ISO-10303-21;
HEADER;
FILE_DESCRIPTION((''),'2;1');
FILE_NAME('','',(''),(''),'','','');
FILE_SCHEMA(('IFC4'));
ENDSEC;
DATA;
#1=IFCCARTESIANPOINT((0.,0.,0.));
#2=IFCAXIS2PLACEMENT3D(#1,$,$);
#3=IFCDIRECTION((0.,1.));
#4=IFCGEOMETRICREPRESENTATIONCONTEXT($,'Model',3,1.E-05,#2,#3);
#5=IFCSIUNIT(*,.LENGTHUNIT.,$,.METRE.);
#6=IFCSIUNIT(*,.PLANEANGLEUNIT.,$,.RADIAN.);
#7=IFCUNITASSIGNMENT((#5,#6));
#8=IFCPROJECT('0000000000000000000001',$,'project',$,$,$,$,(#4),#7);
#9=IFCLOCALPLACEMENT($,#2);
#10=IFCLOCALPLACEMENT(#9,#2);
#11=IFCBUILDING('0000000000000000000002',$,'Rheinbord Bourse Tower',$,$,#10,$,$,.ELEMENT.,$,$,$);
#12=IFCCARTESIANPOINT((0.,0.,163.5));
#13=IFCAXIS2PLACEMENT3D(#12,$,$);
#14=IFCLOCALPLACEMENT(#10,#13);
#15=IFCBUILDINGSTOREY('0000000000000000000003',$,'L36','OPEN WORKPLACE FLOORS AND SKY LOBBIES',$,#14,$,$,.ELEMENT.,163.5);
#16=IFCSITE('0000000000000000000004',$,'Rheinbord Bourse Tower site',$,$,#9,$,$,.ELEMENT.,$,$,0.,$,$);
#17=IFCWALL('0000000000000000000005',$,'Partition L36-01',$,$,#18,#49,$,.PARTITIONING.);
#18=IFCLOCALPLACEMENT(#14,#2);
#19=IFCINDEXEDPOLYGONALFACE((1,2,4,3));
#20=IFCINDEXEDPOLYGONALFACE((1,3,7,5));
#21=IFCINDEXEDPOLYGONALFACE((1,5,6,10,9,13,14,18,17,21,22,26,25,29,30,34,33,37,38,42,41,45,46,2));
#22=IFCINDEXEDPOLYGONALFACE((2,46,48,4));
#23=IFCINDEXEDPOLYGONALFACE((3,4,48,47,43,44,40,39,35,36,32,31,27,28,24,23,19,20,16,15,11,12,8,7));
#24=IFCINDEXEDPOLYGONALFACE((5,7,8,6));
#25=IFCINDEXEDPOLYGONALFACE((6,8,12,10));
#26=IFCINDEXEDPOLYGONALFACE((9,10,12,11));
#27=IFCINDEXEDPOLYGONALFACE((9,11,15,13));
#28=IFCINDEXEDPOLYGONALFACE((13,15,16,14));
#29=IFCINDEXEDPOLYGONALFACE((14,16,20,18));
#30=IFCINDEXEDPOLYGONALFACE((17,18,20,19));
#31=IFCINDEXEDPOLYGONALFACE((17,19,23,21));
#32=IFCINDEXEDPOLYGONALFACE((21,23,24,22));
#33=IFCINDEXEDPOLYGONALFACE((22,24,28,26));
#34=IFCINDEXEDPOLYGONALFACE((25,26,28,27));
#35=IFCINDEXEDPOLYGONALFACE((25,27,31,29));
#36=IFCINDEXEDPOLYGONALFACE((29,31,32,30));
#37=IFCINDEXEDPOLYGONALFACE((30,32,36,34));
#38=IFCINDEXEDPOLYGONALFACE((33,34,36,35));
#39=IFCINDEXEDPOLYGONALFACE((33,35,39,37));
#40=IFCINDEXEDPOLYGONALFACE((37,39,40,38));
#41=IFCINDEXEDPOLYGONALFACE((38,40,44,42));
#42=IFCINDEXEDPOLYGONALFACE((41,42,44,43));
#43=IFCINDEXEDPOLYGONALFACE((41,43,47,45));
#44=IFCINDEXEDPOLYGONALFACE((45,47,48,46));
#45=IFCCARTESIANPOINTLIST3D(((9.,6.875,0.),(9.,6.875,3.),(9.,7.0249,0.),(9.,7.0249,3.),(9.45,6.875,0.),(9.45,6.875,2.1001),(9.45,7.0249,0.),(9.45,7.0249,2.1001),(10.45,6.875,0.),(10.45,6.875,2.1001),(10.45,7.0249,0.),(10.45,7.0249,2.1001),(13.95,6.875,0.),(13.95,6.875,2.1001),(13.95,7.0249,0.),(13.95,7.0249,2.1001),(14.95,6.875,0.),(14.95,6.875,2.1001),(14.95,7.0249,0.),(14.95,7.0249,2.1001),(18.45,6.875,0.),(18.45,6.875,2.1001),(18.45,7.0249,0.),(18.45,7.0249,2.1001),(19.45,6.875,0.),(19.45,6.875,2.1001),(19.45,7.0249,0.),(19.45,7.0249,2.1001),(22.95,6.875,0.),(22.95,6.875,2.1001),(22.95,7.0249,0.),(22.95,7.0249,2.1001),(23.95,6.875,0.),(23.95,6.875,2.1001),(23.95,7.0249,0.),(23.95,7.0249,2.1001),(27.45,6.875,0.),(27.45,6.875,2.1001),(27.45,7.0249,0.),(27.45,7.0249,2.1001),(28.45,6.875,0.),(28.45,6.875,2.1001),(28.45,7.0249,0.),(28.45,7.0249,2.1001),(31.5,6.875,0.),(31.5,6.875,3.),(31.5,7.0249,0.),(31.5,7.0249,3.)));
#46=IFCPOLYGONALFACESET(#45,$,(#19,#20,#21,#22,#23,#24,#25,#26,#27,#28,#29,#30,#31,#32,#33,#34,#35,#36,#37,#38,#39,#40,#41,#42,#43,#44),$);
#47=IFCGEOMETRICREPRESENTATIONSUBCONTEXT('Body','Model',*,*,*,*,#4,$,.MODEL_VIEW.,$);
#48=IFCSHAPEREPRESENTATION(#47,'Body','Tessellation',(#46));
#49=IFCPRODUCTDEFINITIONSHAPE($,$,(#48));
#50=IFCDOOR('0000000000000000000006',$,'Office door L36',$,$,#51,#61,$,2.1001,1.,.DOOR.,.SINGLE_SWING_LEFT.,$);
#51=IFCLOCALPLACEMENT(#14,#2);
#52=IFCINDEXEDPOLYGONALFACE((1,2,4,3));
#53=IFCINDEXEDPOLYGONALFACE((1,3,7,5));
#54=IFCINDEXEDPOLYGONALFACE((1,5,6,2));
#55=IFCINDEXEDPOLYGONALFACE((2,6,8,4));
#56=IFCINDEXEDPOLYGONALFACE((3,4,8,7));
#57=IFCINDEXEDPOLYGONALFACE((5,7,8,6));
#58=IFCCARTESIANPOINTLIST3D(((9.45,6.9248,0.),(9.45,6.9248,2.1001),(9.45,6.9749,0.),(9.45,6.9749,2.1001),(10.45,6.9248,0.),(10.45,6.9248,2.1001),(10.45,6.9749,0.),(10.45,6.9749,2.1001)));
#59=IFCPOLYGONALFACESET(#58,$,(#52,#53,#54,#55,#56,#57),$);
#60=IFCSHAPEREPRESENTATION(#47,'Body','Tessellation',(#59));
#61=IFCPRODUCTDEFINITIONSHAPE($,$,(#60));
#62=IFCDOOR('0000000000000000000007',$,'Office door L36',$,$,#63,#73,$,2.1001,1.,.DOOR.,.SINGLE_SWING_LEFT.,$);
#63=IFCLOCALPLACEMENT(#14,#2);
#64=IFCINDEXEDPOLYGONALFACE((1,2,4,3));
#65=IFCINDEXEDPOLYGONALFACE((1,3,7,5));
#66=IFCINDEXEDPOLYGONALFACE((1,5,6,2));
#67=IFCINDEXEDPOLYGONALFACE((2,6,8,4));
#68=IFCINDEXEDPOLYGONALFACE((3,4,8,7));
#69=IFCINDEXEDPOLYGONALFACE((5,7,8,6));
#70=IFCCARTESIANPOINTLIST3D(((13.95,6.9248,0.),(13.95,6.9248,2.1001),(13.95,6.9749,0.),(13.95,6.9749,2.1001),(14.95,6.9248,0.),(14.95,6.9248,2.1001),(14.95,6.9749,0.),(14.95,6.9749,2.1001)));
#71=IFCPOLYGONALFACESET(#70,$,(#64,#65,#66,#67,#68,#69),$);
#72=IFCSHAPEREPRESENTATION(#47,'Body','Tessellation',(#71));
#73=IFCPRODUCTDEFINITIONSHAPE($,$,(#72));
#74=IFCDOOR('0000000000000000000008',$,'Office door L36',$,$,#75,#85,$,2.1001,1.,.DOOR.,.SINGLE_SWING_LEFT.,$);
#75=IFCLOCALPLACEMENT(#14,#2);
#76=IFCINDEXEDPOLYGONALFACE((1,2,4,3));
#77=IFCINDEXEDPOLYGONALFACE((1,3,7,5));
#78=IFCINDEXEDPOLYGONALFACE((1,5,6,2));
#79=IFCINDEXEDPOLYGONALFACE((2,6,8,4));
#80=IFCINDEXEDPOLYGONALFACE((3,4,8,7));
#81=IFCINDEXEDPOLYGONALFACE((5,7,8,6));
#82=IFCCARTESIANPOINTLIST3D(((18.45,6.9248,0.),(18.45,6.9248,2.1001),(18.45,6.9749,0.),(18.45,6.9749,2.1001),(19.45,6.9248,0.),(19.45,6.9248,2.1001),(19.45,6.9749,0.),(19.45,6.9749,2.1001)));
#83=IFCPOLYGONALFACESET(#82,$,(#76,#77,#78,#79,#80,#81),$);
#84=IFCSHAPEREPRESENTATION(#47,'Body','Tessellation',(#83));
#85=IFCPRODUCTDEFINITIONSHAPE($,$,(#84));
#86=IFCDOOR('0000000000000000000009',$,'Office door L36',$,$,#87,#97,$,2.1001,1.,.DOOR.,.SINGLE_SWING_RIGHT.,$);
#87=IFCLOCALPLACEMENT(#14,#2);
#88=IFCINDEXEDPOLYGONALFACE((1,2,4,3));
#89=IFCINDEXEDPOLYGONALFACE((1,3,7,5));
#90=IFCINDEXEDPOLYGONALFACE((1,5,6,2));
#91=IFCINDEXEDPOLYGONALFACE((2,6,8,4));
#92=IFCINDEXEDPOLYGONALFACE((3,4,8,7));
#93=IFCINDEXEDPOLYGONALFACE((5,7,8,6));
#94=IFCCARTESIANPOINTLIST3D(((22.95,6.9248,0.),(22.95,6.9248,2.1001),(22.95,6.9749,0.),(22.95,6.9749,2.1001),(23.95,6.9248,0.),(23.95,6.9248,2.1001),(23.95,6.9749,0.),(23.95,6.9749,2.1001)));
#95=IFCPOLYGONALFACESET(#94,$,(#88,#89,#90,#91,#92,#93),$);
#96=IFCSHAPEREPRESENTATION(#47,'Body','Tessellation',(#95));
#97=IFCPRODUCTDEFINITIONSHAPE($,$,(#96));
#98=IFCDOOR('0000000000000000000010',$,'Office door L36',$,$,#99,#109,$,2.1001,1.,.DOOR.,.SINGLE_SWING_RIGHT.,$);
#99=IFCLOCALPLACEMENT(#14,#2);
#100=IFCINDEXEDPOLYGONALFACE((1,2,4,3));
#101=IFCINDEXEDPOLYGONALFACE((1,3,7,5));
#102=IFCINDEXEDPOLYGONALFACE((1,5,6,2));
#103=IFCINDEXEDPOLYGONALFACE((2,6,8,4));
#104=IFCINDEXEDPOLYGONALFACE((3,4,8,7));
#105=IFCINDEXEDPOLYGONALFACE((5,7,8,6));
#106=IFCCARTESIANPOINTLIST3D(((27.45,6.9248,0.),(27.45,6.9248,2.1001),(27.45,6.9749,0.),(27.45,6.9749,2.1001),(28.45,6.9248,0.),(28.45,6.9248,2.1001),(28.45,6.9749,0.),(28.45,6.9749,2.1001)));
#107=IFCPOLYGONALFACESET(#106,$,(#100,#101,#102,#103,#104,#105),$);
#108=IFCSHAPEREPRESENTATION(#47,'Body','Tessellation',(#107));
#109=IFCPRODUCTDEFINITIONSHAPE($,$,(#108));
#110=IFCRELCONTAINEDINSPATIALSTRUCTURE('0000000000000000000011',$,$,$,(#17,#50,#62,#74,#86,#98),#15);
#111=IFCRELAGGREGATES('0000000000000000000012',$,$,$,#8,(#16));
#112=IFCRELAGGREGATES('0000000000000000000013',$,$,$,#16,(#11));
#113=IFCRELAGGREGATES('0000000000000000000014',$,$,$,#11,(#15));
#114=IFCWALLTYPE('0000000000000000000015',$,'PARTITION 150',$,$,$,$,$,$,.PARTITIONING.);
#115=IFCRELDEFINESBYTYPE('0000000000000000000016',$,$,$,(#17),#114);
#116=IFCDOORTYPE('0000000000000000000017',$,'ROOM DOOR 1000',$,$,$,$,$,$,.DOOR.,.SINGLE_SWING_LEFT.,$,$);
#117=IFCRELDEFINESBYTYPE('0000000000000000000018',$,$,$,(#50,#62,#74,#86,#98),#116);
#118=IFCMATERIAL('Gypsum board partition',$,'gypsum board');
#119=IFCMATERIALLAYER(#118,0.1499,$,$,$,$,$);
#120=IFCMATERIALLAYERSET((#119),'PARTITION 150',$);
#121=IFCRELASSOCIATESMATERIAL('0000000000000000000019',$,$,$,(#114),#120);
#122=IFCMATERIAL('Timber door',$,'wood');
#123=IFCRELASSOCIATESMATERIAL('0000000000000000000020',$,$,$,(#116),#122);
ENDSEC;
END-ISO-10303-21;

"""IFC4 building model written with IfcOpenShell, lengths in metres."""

from ifc_helpers import new_model, si_unit, direction, frame, frame_2d, origin, place, context, subcontext, project, spatial, rectangle, extrude, material, layer, layer_set, type_object, element, fill, save


model = new_model("IFC4")

# Units and contexts
model_context = context("Model", 3, precision=1e-05, world=origin(), true_north=direction((0.0, 1.0)))
body_context = subcontext(model_context, "Body", "Model", "MODEL_VIEW")
ifc_project = project(units=[si_unit("LENGTHUNIT", "METRE"), si_unit("PLANEANGLEUNIT", "RADIAN")], contexts=[model_context])

# Site, building, storey
site_placement = place(None, origin())
site = spatial("IfcSite", under=ifc_project, at=site_placement, Name="Rheinbord Bourse Tower site", CompositionType="ELEMENT", RefElevation=0.0)
building_placement = place(site_placement, origin())
building = spatial("IfcBuilding", under=site, at=building_placement, Name="Rheinbord Bourse Tower", CompositionType="ELEMENT")
storey_placement = place(building_placement, frame((0.0, 0.0, 163.5)))
storey = spatial("IfcBuildingStorey", under=building, at=storey_placement, Name="L36", Description="OPEN WORKPLACE FLOORS AND SKY LOBBIES", CompositionType="ELEMENT", Elevation=163.5)

# Wall, openings, doors
ifc_material_1 = material(Name="Gypsum board partition", Category="gypsum board")
ifc_layer_1 = layer(ifc_material_1, 0.1499)
ifc_layer_set_1 = layer_set([ifc_layer_1], Name="PARTITION 150")
wall_type_1 = type_object("IfcWallType", Name="PARTITION 150", PredefinedType="PARTITIONING", material=ifc_layer_set_1)
wall_1_placement = place(storey_placement, frame((9.0, 6.95, 0.0), z_axis=(0.0, 0.0, 1.0), x_axis=(1.0, 0.0, 0.0)))
wall_1 = element("IfcWall", 1, at=wall_1_placement, inside=storey, type_object=wall_type_1, Name="Partition L36-01", PredefinedType="PARTITIONING", context=body_context, shape_type="SweptSolid", body=[
    extrude(rectangle(XDim=22.5, YDim=0.1499, at=frame_2d((11.25, 0.0))), origin(), (0.0, 0.0, 1.0), 3.0),
])
opening_1_placement = place(wall_1_placement, frame((0.45, 0.0, 0.0)))
opening_1 = element("IfcOpeningElement", 2, at=opening_1_placement, cuts=wall_1, PredefinedType="OPENING", context=body_context, shape_type="SweptSolid", body=[
    extrude(rectangle(XDim=1.0, YDim=2.1001, at=frame_2d((0.5, 1.05))), frame((0.0, 0.085, 0.0), z_axis=(0.0, -1.0, 0.0), x_axis=(1.0, 0.0, 0.0)), (0.0, 0.0, 1.0), 0.1699),
])
opening_2_placement = place(wall_1_placement, frame((4.95, 0.0, 0.0)))
opening_2 = element("IfcOpeningElement", 3, at=opening_2_placement, cuts=wall_1, PredefinedType="OPENING", context=body_context, shape_type="SweptSolid", body=[
    extrude(rectangle(XDim=1.0, YDim=2.1001, at=frame_2d((0.5, 1.05))), frame((0.0, 0.085, 0.0), z_axis=(0.0, -1.0, 0.0), x_axis=(1.0, 0.0, 0.0)), (0.0, 0.0, 1.0), 0.1699),
])
opening_3_placement = place(wall_1_placement, frame((9.45, 0.0, 0.0)))
opening_3 = element("IfcOpeningElement", 4, at=opening_3_placement, cuts=wall_1, PredefinedType="OPENING", context=body_context, shape_type="SweptSolid", body=[
    extrude(rectangle(XDim=1.0, YDim=2.1001, at=frame_2d((0.5, 1.05))), frame((0.0, 0.085, 0.0), z_axis=(0.0, -1.0, 0.0), x_axis=(1.0, 0.0, 0.0)), (0.0, 0.0, 1.0), 0.1699),
])
opening_4_placement = place(wall_1_placement, frame((13.95, 0.0, 0.0)))
opening_4 = element("IfcOpeningElement", 5, at=opening_4_placement, cuts=wall_1, PredefinedType="OPENING", context=body_context, shape_type="SweptSolid", body=[
    extrude(rectangle(XDim=1.0, YDim=2.1001, at=frame_2d((0.5, 1.05))), frame((0.0, 0.085, 0.0), z_axis=(0.0, -1.0, 0.0), x_axis=(1.0, 0.0, 0.0)), (0.0, 0.0, 1.0), 0.1699),
])
opening_5_placement = place(wall_1_placement, frame((18.45, 0.0, 0.0)))
opening_5 = element("IfcOpeningElement", 6, at=opening_5_placement, cuts=wall_1, PredefinedType="OPENING", context=body_context, shape_type="SweptSolid", body=[
    extrude(rectangle(XDim=1.0, YDim=2.1001, at=frame_2d((0.5, 1.05))), frame((0.0, 0.085, 0.0), z_axis=(0.0, -1.0, 0.0), x_axis=(1.0, 0.0, 0.0)), (0.0, 0.0, 1.0), 0.1699),
])
ifc_material_2 = material(Name="Timber door", Category="wood")
door_type_1 = type_object("IfcDoorType", Name="ROOM DOOR 1000", OperationType="SINGLE_SWING_LEFT", PredefinedType="DOOR", material=ifc_material_2)
door_1_placement = place(opening_1_placement, origin())
door_1 = element("IfcDoor", 7, at=door_1_placement, inside=storey, type_object=door_type_1, Name="Office door L36", OperationType="SINGLE_SWING_LEFT", OverallHeight=2.1001, OverallWidth=1.0, PredefinedType="DOOR", context=body_context, shape_type="SweptSolid", body=[
    extrude(rectangle(XDim=1.0, YDim=2.1001, at=frame_2d((0.5, 1.05))), frame((0.0, 0.0249, 0.0), z_axis=(0.0, -1.0, 0.0), x_axis=(1.0, 0.0, 0.0)), (0.0, 0.0, 1.0), 0.05),
])
fill(opening_1, door_1)
door_2_placement = place(opening_2_placement, origin())
door_2 = element("IfcDoor", 8, at=door_2_placement, inside=storey, type_object=door_type_1, Name="Office door L36", OperationType="SINGLE_SWING_LEFT", OverallHeight=2.1001, OverallWidth=1.0, PredefinedType="DOOR", context=body_context, shape_type="SweptSolid", body=[
    extrude(rectangle(XDim=1.0, YDim=2.1001, at=frame_2d((0.5, 1.05))), frame((0.0, 0.0249, 0.0), z_axis=(0.0, -1.0, 0.0), x_axis=(1.0, 0.0, 0.0)), (0.0, 0.0, 1.0), 0.05),
])
fill(opening_2, door_2)
door_3_placement = place(opening_3_placement, origin())
door_3 = element("IfcDoor", 9, at=door_3_placement, inside=storey, type_object=door_type_1, Name="Office door L36", OperationType="SINGLE_SWING_LEFT", OverallHeight=2.1001, OverallWidth=1.0, PredefinedType="DOOR", context=body_context, shape_type="SweptSolid", body=[
    extrude(rectangle(XDim=1.0, YDim=2.1001, at=frame_2d((0.5, 1.05))), frame((0.0, 0.0249, 0.0), z_axis=(0.0, -1.0, 0.0), x_axis=(1.0, 0.0, 0.0)), (0.0, 0.0, 1.0), 0.05),
])
fill(opening_3, door_3)
door_4_placement = place(opening_4_placement, origin())
door_4 = element("IfcDoor", 10, at=door_4_placement, inside=storey, type_object=door_type_1, Name="Office door L36", OperationType="SINGLE_SWING_RIGHT", OverallHeight=2.1001, OverallWidth=1.0, PredefinedType="DOOR", context=body_context, shape_type="SweptSolid", body=[
    extrude(rectangle(XDim=1.0, YDim=2.1001, at=frame_2d((0.5, 1.05))), frame((0.0, 0.0249, 0.0), z_axis=(0.0, -1.0, 0.0), x_axis=(1.0, 0.0, 0.0)), (0.0, 0.0, 1.0), 0.05),
])
fill(opening_4, door_4)
door_5_placement = place(opening_5_placement, origin())
door_5 = element("IfcDoor", 11, at=door_5_placement, inside=storey, type_object=door_type_1, Name="Office door L36", OperationType="SINGLE_SWING_RIGHT", OverallHeight=2.1001, OverallWidth=1.0, PredefinedType="DOOR", context=body_context, shape_type="SweptSolid", body=[
    extrude(rectangle(XDim=1.0, YDim=2.1001, at=frame_2d((0.5, 1.05))), frame((0.0, 0.0249, 0.0), z_axis=(0.0, -1.0, 0.0), x_axis=(1.0, 0.0, 0.0)), (0.0, 0.0, 1.0), 0.05),
])
fill(opening_5, door_5)

save(model, "model.ifc")
